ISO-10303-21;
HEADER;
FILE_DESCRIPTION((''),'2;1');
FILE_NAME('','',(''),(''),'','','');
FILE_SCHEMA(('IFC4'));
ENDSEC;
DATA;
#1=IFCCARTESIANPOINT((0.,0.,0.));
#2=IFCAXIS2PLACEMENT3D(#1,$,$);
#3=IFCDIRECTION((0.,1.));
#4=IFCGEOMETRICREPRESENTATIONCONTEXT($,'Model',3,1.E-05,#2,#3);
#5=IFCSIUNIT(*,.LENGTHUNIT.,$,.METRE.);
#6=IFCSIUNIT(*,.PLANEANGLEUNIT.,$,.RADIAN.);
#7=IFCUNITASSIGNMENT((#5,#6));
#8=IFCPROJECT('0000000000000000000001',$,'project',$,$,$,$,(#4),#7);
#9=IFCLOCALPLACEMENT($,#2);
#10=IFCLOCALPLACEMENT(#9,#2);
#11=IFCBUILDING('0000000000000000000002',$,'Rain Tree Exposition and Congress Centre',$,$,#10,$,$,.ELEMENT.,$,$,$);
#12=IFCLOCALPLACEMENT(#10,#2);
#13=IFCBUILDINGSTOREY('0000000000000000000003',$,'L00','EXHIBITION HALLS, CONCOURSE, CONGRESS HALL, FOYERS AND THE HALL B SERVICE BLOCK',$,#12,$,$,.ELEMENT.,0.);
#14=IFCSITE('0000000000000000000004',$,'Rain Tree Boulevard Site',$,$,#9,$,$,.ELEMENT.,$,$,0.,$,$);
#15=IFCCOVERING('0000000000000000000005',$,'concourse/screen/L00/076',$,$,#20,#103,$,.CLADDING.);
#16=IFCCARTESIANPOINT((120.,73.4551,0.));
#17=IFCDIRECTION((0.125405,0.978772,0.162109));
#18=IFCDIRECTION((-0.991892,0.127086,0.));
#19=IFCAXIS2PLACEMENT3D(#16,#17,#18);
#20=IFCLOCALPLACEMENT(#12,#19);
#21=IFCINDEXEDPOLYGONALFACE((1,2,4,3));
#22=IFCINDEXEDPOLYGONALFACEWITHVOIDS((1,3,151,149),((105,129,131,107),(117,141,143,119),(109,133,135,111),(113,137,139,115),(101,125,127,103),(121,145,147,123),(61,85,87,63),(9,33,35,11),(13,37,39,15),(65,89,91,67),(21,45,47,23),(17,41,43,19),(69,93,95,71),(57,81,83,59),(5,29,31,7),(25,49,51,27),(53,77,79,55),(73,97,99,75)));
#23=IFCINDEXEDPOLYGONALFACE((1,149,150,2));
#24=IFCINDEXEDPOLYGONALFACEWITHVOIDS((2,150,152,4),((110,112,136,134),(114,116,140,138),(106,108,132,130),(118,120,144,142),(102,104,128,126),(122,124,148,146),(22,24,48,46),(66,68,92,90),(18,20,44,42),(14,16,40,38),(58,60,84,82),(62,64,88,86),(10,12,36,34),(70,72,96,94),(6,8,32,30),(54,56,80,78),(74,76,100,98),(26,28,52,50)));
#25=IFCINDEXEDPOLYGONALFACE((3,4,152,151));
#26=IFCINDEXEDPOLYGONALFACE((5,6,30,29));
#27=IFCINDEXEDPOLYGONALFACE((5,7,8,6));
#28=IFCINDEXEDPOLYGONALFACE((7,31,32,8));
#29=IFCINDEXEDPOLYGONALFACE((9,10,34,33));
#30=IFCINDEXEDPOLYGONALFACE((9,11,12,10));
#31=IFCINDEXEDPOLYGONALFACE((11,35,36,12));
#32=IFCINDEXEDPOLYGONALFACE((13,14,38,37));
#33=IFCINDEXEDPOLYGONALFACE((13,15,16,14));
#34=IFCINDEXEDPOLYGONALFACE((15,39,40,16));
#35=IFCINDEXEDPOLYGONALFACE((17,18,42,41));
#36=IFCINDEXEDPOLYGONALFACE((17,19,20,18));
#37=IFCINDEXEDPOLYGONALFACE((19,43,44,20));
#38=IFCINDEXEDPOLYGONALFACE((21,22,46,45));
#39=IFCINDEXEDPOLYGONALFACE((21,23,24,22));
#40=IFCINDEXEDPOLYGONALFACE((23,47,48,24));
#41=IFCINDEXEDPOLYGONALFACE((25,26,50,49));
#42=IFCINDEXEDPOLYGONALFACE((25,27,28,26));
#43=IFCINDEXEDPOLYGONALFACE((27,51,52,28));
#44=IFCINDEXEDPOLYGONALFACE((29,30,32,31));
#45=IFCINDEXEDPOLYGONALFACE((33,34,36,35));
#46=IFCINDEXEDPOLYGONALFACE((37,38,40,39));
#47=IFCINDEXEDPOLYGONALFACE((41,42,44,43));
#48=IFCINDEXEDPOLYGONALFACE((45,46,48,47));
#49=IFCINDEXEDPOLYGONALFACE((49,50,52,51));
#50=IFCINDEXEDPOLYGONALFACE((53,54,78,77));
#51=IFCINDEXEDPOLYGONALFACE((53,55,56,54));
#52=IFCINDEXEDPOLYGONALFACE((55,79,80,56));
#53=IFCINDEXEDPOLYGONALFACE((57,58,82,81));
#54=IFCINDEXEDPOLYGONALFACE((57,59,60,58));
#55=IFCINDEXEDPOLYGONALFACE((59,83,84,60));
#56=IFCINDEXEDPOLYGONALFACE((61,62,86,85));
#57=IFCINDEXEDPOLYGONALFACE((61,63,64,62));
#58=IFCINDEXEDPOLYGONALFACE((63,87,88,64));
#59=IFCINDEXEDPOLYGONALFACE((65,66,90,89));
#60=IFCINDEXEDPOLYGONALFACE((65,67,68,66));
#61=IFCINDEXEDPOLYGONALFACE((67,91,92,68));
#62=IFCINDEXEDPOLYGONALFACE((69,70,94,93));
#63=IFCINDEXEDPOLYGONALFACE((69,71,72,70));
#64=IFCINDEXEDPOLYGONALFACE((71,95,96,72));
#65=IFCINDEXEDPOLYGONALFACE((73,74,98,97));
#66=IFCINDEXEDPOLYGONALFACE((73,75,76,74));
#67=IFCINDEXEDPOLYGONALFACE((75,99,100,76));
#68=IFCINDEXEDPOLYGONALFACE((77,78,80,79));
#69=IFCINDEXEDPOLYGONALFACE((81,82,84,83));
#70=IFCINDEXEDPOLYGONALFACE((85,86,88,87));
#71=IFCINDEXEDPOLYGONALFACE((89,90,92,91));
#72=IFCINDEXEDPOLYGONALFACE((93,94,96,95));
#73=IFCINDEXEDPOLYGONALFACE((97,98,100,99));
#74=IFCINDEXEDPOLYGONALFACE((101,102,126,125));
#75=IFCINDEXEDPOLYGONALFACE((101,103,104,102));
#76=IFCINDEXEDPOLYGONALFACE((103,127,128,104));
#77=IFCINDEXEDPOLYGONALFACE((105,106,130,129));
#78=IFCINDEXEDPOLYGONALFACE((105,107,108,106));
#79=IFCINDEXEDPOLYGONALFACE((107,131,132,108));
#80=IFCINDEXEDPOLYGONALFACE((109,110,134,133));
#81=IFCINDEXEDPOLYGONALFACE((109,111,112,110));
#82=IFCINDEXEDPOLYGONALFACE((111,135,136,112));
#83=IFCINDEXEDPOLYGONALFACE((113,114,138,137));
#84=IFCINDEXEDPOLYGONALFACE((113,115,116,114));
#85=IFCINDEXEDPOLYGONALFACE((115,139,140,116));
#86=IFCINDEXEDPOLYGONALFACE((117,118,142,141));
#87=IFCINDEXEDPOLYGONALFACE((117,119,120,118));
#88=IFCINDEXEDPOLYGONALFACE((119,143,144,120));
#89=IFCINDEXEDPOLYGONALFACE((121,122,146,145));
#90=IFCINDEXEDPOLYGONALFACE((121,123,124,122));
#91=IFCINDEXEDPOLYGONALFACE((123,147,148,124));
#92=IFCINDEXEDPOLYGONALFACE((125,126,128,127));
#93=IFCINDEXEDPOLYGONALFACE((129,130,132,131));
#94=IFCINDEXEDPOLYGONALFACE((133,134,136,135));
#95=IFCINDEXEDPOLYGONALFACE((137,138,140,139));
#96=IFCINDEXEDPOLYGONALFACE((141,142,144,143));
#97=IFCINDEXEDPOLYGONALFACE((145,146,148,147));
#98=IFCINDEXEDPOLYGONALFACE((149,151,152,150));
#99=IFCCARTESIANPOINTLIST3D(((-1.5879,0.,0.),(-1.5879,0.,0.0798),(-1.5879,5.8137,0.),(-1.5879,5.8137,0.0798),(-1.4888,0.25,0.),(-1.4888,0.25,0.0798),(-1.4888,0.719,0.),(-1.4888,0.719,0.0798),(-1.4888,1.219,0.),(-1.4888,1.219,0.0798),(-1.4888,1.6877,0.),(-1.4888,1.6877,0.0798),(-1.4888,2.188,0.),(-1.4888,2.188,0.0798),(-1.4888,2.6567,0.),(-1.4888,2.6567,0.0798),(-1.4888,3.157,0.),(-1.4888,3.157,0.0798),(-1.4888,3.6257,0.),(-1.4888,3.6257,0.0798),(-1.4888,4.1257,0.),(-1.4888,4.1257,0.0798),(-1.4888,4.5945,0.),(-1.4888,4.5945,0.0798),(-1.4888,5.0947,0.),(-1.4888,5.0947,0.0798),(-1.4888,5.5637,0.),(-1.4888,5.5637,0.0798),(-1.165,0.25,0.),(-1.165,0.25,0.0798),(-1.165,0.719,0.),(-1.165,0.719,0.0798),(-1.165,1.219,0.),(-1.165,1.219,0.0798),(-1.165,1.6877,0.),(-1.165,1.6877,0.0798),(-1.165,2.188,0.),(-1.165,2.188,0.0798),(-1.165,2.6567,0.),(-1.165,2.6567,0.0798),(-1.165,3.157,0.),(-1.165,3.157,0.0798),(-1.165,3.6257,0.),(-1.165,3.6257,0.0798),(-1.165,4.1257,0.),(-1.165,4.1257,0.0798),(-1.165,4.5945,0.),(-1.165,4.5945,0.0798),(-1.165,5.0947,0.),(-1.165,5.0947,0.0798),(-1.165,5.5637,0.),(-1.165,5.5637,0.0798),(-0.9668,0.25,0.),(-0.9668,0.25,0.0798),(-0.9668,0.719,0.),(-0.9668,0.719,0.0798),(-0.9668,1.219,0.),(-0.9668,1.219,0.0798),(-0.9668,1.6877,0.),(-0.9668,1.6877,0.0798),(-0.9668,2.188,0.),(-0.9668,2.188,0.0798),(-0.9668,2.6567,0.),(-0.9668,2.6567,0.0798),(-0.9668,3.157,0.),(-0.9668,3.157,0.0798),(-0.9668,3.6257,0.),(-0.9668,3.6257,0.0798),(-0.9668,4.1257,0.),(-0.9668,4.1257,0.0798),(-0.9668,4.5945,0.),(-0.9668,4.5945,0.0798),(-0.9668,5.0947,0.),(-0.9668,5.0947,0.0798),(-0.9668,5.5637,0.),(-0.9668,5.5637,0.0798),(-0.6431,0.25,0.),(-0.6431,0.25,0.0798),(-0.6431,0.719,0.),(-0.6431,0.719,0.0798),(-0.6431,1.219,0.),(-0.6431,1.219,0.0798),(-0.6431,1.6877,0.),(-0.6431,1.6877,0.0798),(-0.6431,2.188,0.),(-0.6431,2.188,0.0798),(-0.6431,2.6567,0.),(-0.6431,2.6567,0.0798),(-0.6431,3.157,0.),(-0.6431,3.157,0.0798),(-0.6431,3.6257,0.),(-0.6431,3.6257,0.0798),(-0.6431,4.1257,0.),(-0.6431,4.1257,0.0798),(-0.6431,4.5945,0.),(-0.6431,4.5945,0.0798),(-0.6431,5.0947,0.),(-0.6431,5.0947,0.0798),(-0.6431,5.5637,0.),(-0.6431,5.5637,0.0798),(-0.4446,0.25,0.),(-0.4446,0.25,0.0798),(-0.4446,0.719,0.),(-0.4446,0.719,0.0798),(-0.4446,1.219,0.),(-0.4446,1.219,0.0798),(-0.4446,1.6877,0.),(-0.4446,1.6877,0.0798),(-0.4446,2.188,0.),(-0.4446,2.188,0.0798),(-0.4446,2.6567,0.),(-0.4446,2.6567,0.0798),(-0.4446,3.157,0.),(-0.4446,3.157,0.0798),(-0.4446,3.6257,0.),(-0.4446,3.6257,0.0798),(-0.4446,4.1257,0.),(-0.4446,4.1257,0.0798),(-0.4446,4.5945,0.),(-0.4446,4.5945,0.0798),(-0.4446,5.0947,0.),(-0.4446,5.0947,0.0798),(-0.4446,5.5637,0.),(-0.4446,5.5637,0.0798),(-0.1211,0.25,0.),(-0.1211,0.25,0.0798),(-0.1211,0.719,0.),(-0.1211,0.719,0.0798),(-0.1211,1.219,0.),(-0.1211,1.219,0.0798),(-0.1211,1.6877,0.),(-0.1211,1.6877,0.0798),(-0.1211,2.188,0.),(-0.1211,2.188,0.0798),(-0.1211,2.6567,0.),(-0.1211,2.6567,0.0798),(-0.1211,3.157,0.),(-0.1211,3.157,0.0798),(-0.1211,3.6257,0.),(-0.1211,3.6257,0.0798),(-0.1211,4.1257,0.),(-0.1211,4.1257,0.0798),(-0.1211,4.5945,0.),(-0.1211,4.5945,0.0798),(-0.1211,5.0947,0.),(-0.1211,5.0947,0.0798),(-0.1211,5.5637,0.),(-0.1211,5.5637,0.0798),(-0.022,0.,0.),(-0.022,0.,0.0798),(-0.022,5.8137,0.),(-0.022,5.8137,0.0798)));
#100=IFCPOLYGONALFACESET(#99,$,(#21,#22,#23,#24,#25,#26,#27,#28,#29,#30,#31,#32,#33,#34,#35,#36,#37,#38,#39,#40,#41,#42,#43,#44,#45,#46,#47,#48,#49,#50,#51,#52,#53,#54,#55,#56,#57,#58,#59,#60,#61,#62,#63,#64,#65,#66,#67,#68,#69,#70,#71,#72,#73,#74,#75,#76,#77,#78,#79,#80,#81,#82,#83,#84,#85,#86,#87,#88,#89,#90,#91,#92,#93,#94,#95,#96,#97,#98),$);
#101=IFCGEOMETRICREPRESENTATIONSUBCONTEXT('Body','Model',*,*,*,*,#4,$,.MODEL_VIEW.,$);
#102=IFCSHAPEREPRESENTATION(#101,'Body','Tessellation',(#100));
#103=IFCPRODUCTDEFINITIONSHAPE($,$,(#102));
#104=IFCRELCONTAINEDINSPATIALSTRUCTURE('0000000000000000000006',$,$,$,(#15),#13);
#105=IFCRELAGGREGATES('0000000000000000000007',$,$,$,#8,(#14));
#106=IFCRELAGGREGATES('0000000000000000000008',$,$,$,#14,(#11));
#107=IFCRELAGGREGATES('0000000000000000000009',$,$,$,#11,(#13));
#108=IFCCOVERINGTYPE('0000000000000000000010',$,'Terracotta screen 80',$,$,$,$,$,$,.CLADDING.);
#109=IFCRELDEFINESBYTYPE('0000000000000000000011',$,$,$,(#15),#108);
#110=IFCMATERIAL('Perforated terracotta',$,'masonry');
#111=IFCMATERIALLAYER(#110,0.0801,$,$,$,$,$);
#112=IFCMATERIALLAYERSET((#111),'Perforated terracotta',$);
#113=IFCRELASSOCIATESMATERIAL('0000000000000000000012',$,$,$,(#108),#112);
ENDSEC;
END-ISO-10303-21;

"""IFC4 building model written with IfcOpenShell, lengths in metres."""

from ifc_helpers import new_model, si_unit, direction, frame, origin, place, context, subcontext, project, spatial, polyline, outline, extrude, material, layer, layer_set, type_object, element, save


model = new_model("IFC4")

# Units and contexts
model_context = context("Model", 3, precision=1e-05, world=origin(), true_north=direction((0.0, 1.0)))
body_context = subcontext(model_context, "Body", "Model", "MODEL_VIEW")
ifc_project = project(units=[si_unit("LENGTHUNIT", "METRE"), si_unit("PLANEANGLEUNIT", "RADIAN")], contexts=[model_context])

# Site, building, storey
site_placement = place(None, origin())
site = spatial("IfcSite", under=ifc_project, at=site_placement, Name="Rain Tree Boulevard Site", CompositionType="ELEMENT", RefElevation=0.0)
building_placement = place(site_placement, origin())
building = spatial("IfcBuilding", under=site, at=building_placement, Name="Rain Tree Exposition and Congress Centre", CompositionType="ELEMENT")
storey_placement = place(building_placement, origin())
storey = spatial("IfcBuildingStorey", under=building, at=storey_placement, Name="L00", Description="EXHIBITION HALLS, CONCOURSE, CONGRESS HALL, FOYERS AND THE HALL B SERVICE BLOCK", CompositionType="ELEMENT", Elevation=0.0)

# Covering
ifc_material_1 = material(Name="Perforated terracotta", Category="masonry")
ifc_layer_1 = layer(ifc_material_1, 0.0801)
ifc_layer_set_1 = layer_set([ifc_layer_1], Name="Perforated terracotta")
covering_type = type_object("IfcCoveringType", Name="Terracotta screen 80", PredefinedType="CLADDING", material=ifc_layer_set_1)
covering_1_placement = place(storey_placement, frame((120.0, 73.4551, 0.0), z_axis=(0.125405, 0.978772, 0.162109), x_axis=(-0.991892, 0.127086, 0.0)))
element("IfcCovering", 1, at=covering_1_placement, inside=storey, type_object=covering_type, Name="concourse/screen/L00/076", PredefinedType="CLADDING", context=body_context, shape_type="SweptSolid", body=[
    extrude(outline(polyline([(-0.022, 0.0), (-1.5879, 0.0), (-1.5879, 5.8137), (-0.022, 5.8137), (-0.022, 0.0)]), holes=[polyline([(-0.1211, 0.25), (-0.1211, 0.719), (-0.4446, 0.719), (-0.4446, 0.25), (-0.1211, 0.25)]), polyline([(-0.1211, 1.219), (-0.1211, 1.6877), (-0.4446, 1.6877), (-0.4446, 1.219), (-0.1211, 1.219)]), polyline([(-0.1211, 2.188), (-0.1211, 2.6567), (-0.4446, 2.6567), (-0.4446, 2.188), (-0.1211, 2.188)]), polyline([(-0.1211, 3.157), (-0.1211, 3.6257), (-0.4446, 3.6257), (-0.4446, 3.157), (-0.1211, 3.157)]), polyline([(-0.1211, 4.1257), (-0.1211, 4.5945), (-0.4446, 4.5945), (-0.4446, 4.1257), (-0.1211, 4.1257)]), polyline([(-0.1211, 5.0947), (-0.1211, 5.5637), (-0.4446, 5.5637), (-0.4446, 5.0947), (-0.1211, 5.0947)]), polyline([(-0.6431, 0.25), (-0.6431, 0.719), (-0.9668, 0.719), (-0.9668, 0.25), (-0.6431, 0.25)]), polyline([(-0.6431, 1.219), (-0.6431, 1.6877), (-0.9668, 1.6877), (-0.9668, 1.219), (-0.6431, 1.219)]), polyline([(-0.6431, 2.188), (-0.6431, 2.6567), (-0.9668, 2.6567), (-0.9668, 2.188), (-0.6431, 2.188)]), polyline([(-0.6431, 3.157), (-0.6431, 3.6257), (-0.9668, 3.6257), (-0.9668, 3.157), (-0.6431, 3.157)]), polyline([(-0.6431, 4.1257), (-0.6431, 4.5945), (-0.9668, 4.5945), (-0.9668, 4.1257), (-0.6431, 4.1257)]), polyline([(-0.6431, 5.0947), (-0.6431, 5.5637), (-0.9668, 5.5637), (-0.9668, 5.0947), (-0.6431, 5.0947)]), polyline([(-1.165, 0.25), (-1.165, 0.719), (-1.4888, 0.719), (-1.4888, 0.25), (-1.165, 0.25)]), polyline([(-1.165, 1.219), (-1.165, 1.6877), (-1.4888, 1.6877), (-1.4888, 1.219), (-1.165, 1.219)]), polyline([(-1.165, 2.188), (-1.165, 2.6567), (-1.4888, 2.6567), (-1.4888, 2.188), (-1.165, 2.188)]), polyline([(-1.165, 3.157), (-1.165, 3.6257), (-1.4888, 3.6257), (-1.4888, 3.157), (-1.165, 3.157)]), polyline([(-1.165, 4.1257), (-1.165, 4.5945), (-1.4888, 4.5945), (-1.4888, 4.1257), (-1.165, 4.1257)]), polyline([(-1.165, 5.0947), (-1.165, 5.5637), (-1.4888, 5.5637), (-1.4888, 5.0947), (-1.165, 5.0947)])]), origin(), (0.0, 0.0, 1.0), 0.0798),
])

save(model, "model.ifc")
